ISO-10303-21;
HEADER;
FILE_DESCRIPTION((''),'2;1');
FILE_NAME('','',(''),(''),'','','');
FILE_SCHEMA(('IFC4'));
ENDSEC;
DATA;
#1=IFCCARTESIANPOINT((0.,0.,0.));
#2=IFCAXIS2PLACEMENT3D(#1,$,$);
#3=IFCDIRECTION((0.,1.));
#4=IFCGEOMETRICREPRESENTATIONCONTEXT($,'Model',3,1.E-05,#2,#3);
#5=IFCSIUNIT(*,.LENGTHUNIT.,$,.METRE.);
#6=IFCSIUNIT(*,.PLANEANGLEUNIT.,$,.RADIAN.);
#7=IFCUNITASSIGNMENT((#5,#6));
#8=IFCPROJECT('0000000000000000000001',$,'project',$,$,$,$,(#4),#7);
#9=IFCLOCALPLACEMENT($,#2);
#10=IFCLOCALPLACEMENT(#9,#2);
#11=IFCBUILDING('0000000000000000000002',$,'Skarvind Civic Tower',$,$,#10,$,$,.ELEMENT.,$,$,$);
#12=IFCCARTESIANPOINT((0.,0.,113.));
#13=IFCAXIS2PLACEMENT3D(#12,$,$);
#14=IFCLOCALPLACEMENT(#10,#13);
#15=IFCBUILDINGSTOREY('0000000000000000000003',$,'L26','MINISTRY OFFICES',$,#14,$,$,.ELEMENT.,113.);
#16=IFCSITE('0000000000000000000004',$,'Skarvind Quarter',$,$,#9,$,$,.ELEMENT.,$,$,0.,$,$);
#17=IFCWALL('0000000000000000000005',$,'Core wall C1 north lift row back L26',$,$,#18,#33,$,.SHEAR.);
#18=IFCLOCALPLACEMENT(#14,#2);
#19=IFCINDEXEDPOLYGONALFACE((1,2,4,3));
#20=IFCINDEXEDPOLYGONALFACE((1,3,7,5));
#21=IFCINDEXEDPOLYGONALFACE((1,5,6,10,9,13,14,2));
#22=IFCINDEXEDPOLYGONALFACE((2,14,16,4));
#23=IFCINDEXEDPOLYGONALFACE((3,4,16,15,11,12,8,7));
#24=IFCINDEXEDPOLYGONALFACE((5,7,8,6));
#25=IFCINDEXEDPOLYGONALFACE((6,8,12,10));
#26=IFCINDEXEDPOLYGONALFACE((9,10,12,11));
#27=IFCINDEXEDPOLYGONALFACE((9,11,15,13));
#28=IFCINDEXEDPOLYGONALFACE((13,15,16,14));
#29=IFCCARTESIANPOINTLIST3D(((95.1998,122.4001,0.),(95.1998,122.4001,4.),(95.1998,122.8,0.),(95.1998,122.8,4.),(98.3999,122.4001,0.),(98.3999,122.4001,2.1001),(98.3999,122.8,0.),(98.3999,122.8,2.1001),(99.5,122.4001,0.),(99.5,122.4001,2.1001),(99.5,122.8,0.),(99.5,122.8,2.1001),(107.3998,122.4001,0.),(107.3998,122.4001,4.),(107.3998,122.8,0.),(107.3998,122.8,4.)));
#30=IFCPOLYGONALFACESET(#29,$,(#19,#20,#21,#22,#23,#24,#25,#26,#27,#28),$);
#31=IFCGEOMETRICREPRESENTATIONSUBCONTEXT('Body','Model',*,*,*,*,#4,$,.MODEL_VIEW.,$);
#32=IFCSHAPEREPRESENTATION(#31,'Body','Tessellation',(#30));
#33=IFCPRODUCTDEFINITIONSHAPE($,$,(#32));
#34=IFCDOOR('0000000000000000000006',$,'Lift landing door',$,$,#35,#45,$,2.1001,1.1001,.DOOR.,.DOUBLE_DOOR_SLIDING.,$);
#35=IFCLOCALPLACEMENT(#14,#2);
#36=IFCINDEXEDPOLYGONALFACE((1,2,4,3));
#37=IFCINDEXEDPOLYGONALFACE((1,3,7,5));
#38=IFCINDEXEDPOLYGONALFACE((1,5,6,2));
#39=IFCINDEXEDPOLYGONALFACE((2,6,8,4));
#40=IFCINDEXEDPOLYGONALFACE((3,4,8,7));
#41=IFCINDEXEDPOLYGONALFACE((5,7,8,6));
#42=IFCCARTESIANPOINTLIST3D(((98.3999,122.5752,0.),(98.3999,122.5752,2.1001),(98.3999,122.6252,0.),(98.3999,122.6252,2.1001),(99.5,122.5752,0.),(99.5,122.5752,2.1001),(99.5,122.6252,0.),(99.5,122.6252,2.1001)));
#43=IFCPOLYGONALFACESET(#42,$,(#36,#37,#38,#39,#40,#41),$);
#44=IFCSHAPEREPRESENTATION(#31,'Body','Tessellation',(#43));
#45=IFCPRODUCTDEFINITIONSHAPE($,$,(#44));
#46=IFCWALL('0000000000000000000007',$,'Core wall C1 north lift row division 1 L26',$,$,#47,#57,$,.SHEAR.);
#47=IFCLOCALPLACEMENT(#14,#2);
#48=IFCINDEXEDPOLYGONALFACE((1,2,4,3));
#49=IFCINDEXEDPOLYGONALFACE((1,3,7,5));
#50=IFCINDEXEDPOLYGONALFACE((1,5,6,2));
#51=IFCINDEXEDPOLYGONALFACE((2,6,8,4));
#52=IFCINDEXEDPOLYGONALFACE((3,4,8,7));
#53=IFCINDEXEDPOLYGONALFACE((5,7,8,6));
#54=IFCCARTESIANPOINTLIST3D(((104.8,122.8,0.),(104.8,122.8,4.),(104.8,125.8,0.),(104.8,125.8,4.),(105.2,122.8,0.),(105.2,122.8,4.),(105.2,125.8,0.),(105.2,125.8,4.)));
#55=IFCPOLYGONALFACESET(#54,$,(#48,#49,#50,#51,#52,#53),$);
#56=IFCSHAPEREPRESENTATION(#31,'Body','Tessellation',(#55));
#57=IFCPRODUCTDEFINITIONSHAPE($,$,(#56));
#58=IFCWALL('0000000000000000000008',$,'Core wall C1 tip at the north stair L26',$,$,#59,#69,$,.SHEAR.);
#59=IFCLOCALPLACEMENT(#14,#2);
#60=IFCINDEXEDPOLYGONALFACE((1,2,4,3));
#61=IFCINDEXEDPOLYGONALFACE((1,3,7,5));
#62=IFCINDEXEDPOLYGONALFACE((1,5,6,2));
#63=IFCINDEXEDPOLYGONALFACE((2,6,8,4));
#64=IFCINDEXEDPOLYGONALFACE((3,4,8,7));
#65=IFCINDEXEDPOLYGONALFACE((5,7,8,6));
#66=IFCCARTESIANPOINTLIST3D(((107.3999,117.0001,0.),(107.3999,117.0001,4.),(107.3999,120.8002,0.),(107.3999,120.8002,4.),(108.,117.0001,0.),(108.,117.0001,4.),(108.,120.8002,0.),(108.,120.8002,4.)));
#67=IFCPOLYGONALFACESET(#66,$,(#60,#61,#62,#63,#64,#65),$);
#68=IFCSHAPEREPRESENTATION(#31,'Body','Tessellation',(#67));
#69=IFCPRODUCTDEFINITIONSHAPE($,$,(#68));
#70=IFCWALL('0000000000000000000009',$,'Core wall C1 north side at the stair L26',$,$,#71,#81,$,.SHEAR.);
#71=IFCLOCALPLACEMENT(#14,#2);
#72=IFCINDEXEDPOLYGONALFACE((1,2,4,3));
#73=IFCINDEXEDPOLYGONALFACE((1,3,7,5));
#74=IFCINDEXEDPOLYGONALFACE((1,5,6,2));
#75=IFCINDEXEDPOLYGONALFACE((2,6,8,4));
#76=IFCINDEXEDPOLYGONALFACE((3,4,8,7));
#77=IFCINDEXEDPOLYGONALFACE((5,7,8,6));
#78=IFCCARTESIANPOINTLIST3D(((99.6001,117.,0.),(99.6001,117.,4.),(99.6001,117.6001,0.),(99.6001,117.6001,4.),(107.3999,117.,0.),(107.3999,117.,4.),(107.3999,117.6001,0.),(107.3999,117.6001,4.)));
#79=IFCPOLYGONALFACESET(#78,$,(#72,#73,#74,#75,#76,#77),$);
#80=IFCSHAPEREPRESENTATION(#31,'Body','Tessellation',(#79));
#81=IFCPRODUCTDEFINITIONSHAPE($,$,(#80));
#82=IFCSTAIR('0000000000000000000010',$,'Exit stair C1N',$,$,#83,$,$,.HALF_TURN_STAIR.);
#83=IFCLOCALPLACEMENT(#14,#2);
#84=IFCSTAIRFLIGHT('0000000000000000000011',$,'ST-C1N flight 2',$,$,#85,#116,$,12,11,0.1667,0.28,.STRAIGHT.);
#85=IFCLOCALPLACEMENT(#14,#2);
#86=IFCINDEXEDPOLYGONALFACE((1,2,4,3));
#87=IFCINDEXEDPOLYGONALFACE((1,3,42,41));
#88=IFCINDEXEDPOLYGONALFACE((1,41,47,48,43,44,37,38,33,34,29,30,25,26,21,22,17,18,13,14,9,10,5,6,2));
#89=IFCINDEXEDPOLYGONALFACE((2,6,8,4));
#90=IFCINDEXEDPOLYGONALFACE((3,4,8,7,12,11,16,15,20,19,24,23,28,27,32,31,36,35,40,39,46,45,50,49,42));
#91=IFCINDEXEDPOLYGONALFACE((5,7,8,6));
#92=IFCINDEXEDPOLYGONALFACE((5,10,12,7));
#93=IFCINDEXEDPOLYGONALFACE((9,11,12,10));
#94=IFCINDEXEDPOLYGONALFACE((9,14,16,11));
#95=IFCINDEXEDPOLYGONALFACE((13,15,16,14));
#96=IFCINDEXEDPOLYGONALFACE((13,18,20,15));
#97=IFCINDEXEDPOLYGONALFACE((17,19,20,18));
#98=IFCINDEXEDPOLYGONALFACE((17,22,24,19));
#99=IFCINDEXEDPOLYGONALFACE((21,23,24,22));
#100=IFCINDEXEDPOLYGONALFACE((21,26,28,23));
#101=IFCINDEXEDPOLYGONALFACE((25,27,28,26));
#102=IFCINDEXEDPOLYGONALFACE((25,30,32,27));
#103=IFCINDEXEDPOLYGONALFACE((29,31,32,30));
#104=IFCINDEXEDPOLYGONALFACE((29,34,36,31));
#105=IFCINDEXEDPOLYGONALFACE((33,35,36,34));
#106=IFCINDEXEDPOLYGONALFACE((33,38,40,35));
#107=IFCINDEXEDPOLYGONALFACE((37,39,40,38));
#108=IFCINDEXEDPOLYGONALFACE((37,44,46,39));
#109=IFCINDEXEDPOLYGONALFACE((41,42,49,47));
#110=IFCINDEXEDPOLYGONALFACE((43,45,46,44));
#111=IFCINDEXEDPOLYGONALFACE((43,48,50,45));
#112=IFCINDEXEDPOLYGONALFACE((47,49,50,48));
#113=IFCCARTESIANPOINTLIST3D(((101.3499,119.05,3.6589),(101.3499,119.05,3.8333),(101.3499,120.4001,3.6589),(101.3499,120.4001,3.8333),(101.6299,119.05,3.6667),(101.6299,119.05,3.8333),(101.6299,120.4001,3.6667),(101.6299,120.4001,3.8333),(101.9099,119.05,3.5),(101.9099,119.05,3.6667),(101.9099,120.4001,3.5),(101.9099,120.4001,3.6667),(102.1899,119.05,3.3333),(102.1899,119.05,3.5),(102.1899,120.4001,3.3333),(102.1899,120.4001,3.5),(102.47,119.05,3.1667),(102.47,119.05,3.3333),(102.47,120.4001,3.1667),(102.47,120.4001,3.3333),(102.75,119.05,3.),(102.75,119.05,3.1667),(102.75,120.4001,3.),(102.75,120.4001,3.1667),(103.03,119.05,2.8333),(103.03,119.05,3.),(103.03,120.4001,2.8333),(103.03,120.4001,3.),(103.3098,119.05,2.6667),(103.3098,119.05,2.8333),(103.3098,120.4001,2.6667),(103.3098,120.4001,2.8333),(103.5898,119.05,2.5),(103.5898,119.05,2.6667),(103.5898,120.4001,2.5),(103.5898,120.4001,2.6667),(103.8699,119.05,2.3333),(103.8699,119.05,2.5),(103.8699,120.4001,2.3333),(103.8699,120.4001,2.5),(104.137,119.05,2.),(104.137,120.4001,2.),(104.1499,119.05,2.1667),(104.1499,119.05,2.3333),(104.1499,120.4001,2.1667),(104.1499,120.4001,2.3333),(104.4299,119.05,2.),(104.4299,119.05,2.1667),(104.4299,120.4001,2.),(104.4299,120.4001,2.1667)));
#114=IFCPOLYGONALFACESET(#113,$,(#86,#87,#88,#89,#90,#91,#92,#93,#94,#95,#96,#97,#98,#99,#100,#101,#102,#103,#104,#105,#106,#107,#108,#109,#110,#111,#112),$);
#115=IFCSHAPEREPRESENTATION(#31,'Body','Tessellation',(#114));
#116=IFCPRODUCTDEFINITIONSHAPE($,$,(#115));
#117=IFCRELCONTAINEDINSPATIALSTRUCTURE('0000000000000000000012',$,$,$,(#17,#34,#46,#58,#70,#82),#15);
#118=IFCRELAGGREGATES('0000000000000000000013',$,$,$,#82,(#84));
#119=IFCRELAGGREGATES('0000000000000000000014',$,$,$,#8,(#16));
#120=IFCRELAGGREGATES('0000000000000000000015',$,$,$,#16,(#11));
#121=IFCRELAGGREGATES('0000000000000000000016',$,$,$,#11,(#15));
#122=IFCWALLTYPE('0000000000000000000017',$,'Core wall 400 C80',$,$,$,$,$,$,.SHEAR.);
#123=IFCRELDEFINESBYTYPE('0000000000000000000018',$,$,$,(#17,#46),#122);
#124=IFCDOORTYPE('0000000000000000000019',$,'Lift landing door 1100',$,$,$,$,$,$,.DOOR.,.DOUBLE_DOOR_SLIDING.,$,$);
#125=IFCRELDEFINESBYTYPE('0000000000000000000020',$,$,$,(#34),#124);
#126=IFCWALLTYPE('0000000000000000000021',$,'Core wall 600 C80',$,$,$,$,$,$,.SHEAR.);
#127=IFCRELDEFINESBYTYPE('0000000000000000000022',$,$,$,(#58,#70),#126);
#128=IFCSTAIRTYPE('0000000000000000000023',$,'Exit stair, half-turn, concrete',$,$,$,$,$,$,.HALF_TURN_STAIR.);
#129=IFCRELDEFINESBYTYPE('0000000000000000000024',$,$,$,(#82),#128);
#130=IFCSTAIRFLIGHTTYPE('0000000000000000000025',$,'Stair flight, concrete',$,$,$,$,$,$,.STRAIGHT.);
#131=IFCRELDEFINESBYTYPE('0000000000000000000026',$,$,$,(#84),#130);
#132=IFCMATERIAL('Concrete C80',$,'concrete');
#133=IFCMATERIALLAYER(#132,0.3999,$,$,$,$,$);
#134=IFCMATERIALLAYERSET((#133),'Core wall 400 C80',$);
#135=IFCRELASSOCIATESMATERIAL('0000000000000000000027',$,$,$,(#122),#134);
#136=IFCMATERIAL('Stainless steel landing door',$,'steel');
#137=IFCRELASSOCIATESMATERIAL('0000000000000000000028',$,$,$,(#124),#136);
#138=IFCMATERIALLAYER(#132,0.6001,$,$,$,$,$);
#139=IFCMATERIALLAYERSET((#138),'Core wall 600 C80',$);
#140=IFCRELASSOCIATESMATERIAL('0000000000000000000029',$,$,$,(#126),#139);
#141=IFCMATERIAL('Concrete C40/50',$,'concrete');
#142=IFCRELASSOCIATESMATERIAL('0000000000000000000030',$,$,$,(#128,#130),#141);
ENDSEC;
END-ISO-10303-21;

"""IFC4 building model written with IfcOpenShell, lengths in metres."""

from ifc_helpers import new_model, si_unit, direction, frame, frame_2d, origin, place, context, subcontext, project, spatial, polyline, rectangle, outline, extrude, material, layer, layer_set, type_object, element, fill, aggregate, save


model = new_model("IFC4")

# Units and contexts
model_context = context("Model", 3, precision=1e-05, world=origin(), true_north=direction((0.0, 1.0)))
body_context = subcontext(model_context, "Body", "Model", "MODEL_VIEW")
ifc_project = project(units=[si_unit("LENGTHUNIT", "METRE"), si_unit("PLANEANGLEUNIT", "RADIAN")], contexts=[model_context])

# Site, building, storey
site_placement = place(None, origin())
site = spatial("IfcSite", under=ifc_project, at=site_placement, Name="Skarvind Quarter", CompositionType="ELEMENT", RefElevation=0.0)
building_placement = place(site_placement, origin())
building = spatial("IfcBuilding", under=site, at=building_placement, Name="Skarvind Civic Tower", CompositionType="ELEMENT")
storey_placement = place(building_placement, frame((0.0, 0.0, 113.0)))
storey = spatial("IfcBuildingStorey", under=building, at=storey_placement, Name="L26", Description="MINISTRY OFFICES", CompositionType="ELEMENT", Elevation=113.0)

# Shared definitions
ifc_material_1 = material(Name="Concrete C80", Category="concrete")
ifc_layer_1 = layer(ifc_material_1, 0.3999)
ifc_layer_set_1 = layer_set([ifc_layer_1], Name="Core wall 400 C80")
wall_type_1 = type_object("IfcWallType", Name="Core wall 400 C80", PredefinedType="SHEAR", material=ifc_layer_set_1)

# Wall, opening, door
wall_1_placement = place(storey_placement, frame((107.3999, 122.6001, 0.0), z_axis=(0.0, 0.0, 1.0), x_axis=(-1.0, 0.0, 0.0)))
wall_1 = element("IfcWall", 1, at=wall_1_placement, inside=storey, type_object=wall_type_1, Name="Core wall C1 north lift row back L26", PredefinedType="SHEAR", context=body_context, shape_type="SweptSolid", body=[
    extrude(rectangle(XDim=12.2, YDim=0.3999, at=frame_2d((6.1001, 0.0))), origin(), (0.0, 0.0, 1.0), 4.0),
])
opening_placement = place(wall_1_placement, frame((7.8999, 0.0, 0.0)))
opening = element("IfcOpeningElement", 2, at=opening_placement, cuts=wall_1, PredefinedType="OPENING", context=body_context, shape_type="SweptSolid", body=[
    extrude(rectangle(XDim=1.1001, YDim=2.1001, at=frame_2d((0.55, 1.05))), frame((0.0, 0.21, 0.0), z_axis=(0.0, -1.0, 0.0), x_axis=(1.0, 0.0, 0.0)), (0.0, 0.0, 1.0), 0.4199),
])
ifc_material_2 = material(Name="Stainless steel landing door", Category="steel")
door_type = type_object("IfcDoorType", Name="Lift landing door 1100", OperationType="DOUBLE_DOOR_SLIDING", PredefinedType="DOOR", material=ifc_material_2)
door_placement = place(opening_placement, origin())
door = element("IfcDoor", 3, at=door_placement, inside=storey, type_object=door_type, Name="Lift landing door", OperationType="DOUBLE_DOOR_SLIDING", OverallHeight=2.1001, OverallWidth=1.1001, PredefinedType="DOOR", context=body_context, shape_type="SweptSolid", body=[
    extrude(rectangle(XDim=1.1001, YDim=2.1001, at=frame_2d((0.55, 1.05))), frame((0.0, 0.0249, 0.0), z_axis=(0.0, -1.0, 0.0), x_axis=(1.0, 0.0, 0.0)), (0.0, 0.0, 1.0), 0.05),
])
fill(opening, door)

# Walls
wall_2_placement = place(storey_placement, frame((105.0, 125.8, 0.0), z_axis=(0.0, 0.0, 1.0), x_axis=(0.0, -1.0, 0.0)))
element("IfcWall", 4, at=wall_2_placement, inside=storey, type_object=wall_type_1, Name="Core wall C1 north lift row division 1 L26", PredefinedType="SHEAR", context=body_context, shape_type="SweptSolid", body=[
    extrude(rectangle(XDim=3.0, YDim=0.3999, at=frame_2d((1.5, 0.0))), origin(), (0.0, 0.0, 1.0), 4.0),
])
ifc_layer_2 = layer(ifc_material_1, 0.6001)
ifc_layer_set_2 = layer_set([ifc_layer_2], Name="Core wall 600 C80")
wall_type_2 = type_object("IfcWallType", Name="Core wall 600 C80", PredefinedType="SHEAR", material=ifc_layer_set_2)
wall_3_placement = place(storey_placement, frame((107.7, 120.8, 0.0), z_axis=(0.0, 0.0, 1.0), x_axis=(0.0, -1.0, 0.0)))
element("IfcWall", 5, at=wall_3_placement, inside=storey, type_object=wall_type_2, Name="Core wall C1 tip at the north stair L26", PredefinedType="SHEAR", context=body_context, shape_type="SweptSolid", body=[
    extrude(rectangle(XDim=3.8, YDim=0.6001, at=frame_2d((1.8999, 0.0))), origin(), (0.0, 0.0, 1.0), 4.0),
])
wall_4_placement = place(storey_placement, frame((107.3999, 117.3, 0.0), z_axis=(0.0, 0.0, 1.0), x_axis=(-1.0, 0.0, 0.0)))
element("IfcWall", 6, at=wall_4_placement, inside=storey, type_object=wall_type_2, Name="Core wall C1 north side at the stair L26", PredefinedType="SHEAR", context=body_context, shape_type="SweptSolid", body=[
    extrude(rectangle(XDim=7.7998, YDim=0.6001, at=frame_2d((3.8999, 0.0))), origin(), (0.0, 0.0, 1.0), 4.0),
])

# Stair, stair flight
ifc_material_3 = material(Name="Concrete C40/50", Category="concrete")
stair_type = type_object("IfcStairType", Name="Exit stair, half-turn, concrete", PredefinedType="HALF_TURN_STAIR", material=ifc_material_3)
stair_placement = place(storey_placement, origin())
stair = element("IfcStair", 7, at=stair_placement, inside=storey, type_object=stair_type, Name="Exit stair C1N", PredefinedType="HALF_TURN_STAIR")
stair_flight_type = type_object("IfcStairFlightType", Name="Stair flight, concrete", PredefinedType="STRAIGHT", material=ifc_material_3)
stair_flight_placement = place(storey_placement, frame((104.4299, 119.7251, 2.0), z_axis=(0.0, 0.0, 1.0), x_axis=(-1.0, 0.0, 0.0)))
stair_flight = element("IfcStairFlight", 8, at=stair_flight_placement, type_object=stair_flight_type, Name="ST-C1N flight 2", NumberOfRisers=12, NumberOfTreads=11, PredefinedType="STRAIGHT", RiserHeight=0.1667, TreadLength=0.28, context=body_context, shape_type="SweptSolid", body=[
    extrude(outline(polyline([(0.0, 0.0), (0.0, 0.1667), (0.28, 0.1667), (0.28, 0.3333), (0.5601, 0.3333), (0.5601, 0.5), (0.8401, 0.5), (0.8401, 0.6667), (1.1201, 0.6667), (1.1201, 0.8333), (1.3999, 0.8333), (1.3999, 1.0), (1.6799, 1.0), (1.6799, 1.1667), (1.96, 1.1667), (1.96, 1.3333), (2.24, 1.3333), (2.24, 1.5), (2.52, 1.5), (2.52, 1.6667), (2.8, 1.6667), (2.8, 1.8333), (3.0801, 1.8333), (3.0801, 2.0), (3.0801, 1.6589), (0.293, 0.0), (0.0, 0.0)])), frame((0.0, 0.675, 0.0), z_axis=(0.0, -1.0, 0.0), x_axis=(1.0, 0.0, 0.0)), (0.0, 0.0, 1.0), 1.3501),
])
aggregate(stair, [stair_flight])

save(model, "model.ifc")
